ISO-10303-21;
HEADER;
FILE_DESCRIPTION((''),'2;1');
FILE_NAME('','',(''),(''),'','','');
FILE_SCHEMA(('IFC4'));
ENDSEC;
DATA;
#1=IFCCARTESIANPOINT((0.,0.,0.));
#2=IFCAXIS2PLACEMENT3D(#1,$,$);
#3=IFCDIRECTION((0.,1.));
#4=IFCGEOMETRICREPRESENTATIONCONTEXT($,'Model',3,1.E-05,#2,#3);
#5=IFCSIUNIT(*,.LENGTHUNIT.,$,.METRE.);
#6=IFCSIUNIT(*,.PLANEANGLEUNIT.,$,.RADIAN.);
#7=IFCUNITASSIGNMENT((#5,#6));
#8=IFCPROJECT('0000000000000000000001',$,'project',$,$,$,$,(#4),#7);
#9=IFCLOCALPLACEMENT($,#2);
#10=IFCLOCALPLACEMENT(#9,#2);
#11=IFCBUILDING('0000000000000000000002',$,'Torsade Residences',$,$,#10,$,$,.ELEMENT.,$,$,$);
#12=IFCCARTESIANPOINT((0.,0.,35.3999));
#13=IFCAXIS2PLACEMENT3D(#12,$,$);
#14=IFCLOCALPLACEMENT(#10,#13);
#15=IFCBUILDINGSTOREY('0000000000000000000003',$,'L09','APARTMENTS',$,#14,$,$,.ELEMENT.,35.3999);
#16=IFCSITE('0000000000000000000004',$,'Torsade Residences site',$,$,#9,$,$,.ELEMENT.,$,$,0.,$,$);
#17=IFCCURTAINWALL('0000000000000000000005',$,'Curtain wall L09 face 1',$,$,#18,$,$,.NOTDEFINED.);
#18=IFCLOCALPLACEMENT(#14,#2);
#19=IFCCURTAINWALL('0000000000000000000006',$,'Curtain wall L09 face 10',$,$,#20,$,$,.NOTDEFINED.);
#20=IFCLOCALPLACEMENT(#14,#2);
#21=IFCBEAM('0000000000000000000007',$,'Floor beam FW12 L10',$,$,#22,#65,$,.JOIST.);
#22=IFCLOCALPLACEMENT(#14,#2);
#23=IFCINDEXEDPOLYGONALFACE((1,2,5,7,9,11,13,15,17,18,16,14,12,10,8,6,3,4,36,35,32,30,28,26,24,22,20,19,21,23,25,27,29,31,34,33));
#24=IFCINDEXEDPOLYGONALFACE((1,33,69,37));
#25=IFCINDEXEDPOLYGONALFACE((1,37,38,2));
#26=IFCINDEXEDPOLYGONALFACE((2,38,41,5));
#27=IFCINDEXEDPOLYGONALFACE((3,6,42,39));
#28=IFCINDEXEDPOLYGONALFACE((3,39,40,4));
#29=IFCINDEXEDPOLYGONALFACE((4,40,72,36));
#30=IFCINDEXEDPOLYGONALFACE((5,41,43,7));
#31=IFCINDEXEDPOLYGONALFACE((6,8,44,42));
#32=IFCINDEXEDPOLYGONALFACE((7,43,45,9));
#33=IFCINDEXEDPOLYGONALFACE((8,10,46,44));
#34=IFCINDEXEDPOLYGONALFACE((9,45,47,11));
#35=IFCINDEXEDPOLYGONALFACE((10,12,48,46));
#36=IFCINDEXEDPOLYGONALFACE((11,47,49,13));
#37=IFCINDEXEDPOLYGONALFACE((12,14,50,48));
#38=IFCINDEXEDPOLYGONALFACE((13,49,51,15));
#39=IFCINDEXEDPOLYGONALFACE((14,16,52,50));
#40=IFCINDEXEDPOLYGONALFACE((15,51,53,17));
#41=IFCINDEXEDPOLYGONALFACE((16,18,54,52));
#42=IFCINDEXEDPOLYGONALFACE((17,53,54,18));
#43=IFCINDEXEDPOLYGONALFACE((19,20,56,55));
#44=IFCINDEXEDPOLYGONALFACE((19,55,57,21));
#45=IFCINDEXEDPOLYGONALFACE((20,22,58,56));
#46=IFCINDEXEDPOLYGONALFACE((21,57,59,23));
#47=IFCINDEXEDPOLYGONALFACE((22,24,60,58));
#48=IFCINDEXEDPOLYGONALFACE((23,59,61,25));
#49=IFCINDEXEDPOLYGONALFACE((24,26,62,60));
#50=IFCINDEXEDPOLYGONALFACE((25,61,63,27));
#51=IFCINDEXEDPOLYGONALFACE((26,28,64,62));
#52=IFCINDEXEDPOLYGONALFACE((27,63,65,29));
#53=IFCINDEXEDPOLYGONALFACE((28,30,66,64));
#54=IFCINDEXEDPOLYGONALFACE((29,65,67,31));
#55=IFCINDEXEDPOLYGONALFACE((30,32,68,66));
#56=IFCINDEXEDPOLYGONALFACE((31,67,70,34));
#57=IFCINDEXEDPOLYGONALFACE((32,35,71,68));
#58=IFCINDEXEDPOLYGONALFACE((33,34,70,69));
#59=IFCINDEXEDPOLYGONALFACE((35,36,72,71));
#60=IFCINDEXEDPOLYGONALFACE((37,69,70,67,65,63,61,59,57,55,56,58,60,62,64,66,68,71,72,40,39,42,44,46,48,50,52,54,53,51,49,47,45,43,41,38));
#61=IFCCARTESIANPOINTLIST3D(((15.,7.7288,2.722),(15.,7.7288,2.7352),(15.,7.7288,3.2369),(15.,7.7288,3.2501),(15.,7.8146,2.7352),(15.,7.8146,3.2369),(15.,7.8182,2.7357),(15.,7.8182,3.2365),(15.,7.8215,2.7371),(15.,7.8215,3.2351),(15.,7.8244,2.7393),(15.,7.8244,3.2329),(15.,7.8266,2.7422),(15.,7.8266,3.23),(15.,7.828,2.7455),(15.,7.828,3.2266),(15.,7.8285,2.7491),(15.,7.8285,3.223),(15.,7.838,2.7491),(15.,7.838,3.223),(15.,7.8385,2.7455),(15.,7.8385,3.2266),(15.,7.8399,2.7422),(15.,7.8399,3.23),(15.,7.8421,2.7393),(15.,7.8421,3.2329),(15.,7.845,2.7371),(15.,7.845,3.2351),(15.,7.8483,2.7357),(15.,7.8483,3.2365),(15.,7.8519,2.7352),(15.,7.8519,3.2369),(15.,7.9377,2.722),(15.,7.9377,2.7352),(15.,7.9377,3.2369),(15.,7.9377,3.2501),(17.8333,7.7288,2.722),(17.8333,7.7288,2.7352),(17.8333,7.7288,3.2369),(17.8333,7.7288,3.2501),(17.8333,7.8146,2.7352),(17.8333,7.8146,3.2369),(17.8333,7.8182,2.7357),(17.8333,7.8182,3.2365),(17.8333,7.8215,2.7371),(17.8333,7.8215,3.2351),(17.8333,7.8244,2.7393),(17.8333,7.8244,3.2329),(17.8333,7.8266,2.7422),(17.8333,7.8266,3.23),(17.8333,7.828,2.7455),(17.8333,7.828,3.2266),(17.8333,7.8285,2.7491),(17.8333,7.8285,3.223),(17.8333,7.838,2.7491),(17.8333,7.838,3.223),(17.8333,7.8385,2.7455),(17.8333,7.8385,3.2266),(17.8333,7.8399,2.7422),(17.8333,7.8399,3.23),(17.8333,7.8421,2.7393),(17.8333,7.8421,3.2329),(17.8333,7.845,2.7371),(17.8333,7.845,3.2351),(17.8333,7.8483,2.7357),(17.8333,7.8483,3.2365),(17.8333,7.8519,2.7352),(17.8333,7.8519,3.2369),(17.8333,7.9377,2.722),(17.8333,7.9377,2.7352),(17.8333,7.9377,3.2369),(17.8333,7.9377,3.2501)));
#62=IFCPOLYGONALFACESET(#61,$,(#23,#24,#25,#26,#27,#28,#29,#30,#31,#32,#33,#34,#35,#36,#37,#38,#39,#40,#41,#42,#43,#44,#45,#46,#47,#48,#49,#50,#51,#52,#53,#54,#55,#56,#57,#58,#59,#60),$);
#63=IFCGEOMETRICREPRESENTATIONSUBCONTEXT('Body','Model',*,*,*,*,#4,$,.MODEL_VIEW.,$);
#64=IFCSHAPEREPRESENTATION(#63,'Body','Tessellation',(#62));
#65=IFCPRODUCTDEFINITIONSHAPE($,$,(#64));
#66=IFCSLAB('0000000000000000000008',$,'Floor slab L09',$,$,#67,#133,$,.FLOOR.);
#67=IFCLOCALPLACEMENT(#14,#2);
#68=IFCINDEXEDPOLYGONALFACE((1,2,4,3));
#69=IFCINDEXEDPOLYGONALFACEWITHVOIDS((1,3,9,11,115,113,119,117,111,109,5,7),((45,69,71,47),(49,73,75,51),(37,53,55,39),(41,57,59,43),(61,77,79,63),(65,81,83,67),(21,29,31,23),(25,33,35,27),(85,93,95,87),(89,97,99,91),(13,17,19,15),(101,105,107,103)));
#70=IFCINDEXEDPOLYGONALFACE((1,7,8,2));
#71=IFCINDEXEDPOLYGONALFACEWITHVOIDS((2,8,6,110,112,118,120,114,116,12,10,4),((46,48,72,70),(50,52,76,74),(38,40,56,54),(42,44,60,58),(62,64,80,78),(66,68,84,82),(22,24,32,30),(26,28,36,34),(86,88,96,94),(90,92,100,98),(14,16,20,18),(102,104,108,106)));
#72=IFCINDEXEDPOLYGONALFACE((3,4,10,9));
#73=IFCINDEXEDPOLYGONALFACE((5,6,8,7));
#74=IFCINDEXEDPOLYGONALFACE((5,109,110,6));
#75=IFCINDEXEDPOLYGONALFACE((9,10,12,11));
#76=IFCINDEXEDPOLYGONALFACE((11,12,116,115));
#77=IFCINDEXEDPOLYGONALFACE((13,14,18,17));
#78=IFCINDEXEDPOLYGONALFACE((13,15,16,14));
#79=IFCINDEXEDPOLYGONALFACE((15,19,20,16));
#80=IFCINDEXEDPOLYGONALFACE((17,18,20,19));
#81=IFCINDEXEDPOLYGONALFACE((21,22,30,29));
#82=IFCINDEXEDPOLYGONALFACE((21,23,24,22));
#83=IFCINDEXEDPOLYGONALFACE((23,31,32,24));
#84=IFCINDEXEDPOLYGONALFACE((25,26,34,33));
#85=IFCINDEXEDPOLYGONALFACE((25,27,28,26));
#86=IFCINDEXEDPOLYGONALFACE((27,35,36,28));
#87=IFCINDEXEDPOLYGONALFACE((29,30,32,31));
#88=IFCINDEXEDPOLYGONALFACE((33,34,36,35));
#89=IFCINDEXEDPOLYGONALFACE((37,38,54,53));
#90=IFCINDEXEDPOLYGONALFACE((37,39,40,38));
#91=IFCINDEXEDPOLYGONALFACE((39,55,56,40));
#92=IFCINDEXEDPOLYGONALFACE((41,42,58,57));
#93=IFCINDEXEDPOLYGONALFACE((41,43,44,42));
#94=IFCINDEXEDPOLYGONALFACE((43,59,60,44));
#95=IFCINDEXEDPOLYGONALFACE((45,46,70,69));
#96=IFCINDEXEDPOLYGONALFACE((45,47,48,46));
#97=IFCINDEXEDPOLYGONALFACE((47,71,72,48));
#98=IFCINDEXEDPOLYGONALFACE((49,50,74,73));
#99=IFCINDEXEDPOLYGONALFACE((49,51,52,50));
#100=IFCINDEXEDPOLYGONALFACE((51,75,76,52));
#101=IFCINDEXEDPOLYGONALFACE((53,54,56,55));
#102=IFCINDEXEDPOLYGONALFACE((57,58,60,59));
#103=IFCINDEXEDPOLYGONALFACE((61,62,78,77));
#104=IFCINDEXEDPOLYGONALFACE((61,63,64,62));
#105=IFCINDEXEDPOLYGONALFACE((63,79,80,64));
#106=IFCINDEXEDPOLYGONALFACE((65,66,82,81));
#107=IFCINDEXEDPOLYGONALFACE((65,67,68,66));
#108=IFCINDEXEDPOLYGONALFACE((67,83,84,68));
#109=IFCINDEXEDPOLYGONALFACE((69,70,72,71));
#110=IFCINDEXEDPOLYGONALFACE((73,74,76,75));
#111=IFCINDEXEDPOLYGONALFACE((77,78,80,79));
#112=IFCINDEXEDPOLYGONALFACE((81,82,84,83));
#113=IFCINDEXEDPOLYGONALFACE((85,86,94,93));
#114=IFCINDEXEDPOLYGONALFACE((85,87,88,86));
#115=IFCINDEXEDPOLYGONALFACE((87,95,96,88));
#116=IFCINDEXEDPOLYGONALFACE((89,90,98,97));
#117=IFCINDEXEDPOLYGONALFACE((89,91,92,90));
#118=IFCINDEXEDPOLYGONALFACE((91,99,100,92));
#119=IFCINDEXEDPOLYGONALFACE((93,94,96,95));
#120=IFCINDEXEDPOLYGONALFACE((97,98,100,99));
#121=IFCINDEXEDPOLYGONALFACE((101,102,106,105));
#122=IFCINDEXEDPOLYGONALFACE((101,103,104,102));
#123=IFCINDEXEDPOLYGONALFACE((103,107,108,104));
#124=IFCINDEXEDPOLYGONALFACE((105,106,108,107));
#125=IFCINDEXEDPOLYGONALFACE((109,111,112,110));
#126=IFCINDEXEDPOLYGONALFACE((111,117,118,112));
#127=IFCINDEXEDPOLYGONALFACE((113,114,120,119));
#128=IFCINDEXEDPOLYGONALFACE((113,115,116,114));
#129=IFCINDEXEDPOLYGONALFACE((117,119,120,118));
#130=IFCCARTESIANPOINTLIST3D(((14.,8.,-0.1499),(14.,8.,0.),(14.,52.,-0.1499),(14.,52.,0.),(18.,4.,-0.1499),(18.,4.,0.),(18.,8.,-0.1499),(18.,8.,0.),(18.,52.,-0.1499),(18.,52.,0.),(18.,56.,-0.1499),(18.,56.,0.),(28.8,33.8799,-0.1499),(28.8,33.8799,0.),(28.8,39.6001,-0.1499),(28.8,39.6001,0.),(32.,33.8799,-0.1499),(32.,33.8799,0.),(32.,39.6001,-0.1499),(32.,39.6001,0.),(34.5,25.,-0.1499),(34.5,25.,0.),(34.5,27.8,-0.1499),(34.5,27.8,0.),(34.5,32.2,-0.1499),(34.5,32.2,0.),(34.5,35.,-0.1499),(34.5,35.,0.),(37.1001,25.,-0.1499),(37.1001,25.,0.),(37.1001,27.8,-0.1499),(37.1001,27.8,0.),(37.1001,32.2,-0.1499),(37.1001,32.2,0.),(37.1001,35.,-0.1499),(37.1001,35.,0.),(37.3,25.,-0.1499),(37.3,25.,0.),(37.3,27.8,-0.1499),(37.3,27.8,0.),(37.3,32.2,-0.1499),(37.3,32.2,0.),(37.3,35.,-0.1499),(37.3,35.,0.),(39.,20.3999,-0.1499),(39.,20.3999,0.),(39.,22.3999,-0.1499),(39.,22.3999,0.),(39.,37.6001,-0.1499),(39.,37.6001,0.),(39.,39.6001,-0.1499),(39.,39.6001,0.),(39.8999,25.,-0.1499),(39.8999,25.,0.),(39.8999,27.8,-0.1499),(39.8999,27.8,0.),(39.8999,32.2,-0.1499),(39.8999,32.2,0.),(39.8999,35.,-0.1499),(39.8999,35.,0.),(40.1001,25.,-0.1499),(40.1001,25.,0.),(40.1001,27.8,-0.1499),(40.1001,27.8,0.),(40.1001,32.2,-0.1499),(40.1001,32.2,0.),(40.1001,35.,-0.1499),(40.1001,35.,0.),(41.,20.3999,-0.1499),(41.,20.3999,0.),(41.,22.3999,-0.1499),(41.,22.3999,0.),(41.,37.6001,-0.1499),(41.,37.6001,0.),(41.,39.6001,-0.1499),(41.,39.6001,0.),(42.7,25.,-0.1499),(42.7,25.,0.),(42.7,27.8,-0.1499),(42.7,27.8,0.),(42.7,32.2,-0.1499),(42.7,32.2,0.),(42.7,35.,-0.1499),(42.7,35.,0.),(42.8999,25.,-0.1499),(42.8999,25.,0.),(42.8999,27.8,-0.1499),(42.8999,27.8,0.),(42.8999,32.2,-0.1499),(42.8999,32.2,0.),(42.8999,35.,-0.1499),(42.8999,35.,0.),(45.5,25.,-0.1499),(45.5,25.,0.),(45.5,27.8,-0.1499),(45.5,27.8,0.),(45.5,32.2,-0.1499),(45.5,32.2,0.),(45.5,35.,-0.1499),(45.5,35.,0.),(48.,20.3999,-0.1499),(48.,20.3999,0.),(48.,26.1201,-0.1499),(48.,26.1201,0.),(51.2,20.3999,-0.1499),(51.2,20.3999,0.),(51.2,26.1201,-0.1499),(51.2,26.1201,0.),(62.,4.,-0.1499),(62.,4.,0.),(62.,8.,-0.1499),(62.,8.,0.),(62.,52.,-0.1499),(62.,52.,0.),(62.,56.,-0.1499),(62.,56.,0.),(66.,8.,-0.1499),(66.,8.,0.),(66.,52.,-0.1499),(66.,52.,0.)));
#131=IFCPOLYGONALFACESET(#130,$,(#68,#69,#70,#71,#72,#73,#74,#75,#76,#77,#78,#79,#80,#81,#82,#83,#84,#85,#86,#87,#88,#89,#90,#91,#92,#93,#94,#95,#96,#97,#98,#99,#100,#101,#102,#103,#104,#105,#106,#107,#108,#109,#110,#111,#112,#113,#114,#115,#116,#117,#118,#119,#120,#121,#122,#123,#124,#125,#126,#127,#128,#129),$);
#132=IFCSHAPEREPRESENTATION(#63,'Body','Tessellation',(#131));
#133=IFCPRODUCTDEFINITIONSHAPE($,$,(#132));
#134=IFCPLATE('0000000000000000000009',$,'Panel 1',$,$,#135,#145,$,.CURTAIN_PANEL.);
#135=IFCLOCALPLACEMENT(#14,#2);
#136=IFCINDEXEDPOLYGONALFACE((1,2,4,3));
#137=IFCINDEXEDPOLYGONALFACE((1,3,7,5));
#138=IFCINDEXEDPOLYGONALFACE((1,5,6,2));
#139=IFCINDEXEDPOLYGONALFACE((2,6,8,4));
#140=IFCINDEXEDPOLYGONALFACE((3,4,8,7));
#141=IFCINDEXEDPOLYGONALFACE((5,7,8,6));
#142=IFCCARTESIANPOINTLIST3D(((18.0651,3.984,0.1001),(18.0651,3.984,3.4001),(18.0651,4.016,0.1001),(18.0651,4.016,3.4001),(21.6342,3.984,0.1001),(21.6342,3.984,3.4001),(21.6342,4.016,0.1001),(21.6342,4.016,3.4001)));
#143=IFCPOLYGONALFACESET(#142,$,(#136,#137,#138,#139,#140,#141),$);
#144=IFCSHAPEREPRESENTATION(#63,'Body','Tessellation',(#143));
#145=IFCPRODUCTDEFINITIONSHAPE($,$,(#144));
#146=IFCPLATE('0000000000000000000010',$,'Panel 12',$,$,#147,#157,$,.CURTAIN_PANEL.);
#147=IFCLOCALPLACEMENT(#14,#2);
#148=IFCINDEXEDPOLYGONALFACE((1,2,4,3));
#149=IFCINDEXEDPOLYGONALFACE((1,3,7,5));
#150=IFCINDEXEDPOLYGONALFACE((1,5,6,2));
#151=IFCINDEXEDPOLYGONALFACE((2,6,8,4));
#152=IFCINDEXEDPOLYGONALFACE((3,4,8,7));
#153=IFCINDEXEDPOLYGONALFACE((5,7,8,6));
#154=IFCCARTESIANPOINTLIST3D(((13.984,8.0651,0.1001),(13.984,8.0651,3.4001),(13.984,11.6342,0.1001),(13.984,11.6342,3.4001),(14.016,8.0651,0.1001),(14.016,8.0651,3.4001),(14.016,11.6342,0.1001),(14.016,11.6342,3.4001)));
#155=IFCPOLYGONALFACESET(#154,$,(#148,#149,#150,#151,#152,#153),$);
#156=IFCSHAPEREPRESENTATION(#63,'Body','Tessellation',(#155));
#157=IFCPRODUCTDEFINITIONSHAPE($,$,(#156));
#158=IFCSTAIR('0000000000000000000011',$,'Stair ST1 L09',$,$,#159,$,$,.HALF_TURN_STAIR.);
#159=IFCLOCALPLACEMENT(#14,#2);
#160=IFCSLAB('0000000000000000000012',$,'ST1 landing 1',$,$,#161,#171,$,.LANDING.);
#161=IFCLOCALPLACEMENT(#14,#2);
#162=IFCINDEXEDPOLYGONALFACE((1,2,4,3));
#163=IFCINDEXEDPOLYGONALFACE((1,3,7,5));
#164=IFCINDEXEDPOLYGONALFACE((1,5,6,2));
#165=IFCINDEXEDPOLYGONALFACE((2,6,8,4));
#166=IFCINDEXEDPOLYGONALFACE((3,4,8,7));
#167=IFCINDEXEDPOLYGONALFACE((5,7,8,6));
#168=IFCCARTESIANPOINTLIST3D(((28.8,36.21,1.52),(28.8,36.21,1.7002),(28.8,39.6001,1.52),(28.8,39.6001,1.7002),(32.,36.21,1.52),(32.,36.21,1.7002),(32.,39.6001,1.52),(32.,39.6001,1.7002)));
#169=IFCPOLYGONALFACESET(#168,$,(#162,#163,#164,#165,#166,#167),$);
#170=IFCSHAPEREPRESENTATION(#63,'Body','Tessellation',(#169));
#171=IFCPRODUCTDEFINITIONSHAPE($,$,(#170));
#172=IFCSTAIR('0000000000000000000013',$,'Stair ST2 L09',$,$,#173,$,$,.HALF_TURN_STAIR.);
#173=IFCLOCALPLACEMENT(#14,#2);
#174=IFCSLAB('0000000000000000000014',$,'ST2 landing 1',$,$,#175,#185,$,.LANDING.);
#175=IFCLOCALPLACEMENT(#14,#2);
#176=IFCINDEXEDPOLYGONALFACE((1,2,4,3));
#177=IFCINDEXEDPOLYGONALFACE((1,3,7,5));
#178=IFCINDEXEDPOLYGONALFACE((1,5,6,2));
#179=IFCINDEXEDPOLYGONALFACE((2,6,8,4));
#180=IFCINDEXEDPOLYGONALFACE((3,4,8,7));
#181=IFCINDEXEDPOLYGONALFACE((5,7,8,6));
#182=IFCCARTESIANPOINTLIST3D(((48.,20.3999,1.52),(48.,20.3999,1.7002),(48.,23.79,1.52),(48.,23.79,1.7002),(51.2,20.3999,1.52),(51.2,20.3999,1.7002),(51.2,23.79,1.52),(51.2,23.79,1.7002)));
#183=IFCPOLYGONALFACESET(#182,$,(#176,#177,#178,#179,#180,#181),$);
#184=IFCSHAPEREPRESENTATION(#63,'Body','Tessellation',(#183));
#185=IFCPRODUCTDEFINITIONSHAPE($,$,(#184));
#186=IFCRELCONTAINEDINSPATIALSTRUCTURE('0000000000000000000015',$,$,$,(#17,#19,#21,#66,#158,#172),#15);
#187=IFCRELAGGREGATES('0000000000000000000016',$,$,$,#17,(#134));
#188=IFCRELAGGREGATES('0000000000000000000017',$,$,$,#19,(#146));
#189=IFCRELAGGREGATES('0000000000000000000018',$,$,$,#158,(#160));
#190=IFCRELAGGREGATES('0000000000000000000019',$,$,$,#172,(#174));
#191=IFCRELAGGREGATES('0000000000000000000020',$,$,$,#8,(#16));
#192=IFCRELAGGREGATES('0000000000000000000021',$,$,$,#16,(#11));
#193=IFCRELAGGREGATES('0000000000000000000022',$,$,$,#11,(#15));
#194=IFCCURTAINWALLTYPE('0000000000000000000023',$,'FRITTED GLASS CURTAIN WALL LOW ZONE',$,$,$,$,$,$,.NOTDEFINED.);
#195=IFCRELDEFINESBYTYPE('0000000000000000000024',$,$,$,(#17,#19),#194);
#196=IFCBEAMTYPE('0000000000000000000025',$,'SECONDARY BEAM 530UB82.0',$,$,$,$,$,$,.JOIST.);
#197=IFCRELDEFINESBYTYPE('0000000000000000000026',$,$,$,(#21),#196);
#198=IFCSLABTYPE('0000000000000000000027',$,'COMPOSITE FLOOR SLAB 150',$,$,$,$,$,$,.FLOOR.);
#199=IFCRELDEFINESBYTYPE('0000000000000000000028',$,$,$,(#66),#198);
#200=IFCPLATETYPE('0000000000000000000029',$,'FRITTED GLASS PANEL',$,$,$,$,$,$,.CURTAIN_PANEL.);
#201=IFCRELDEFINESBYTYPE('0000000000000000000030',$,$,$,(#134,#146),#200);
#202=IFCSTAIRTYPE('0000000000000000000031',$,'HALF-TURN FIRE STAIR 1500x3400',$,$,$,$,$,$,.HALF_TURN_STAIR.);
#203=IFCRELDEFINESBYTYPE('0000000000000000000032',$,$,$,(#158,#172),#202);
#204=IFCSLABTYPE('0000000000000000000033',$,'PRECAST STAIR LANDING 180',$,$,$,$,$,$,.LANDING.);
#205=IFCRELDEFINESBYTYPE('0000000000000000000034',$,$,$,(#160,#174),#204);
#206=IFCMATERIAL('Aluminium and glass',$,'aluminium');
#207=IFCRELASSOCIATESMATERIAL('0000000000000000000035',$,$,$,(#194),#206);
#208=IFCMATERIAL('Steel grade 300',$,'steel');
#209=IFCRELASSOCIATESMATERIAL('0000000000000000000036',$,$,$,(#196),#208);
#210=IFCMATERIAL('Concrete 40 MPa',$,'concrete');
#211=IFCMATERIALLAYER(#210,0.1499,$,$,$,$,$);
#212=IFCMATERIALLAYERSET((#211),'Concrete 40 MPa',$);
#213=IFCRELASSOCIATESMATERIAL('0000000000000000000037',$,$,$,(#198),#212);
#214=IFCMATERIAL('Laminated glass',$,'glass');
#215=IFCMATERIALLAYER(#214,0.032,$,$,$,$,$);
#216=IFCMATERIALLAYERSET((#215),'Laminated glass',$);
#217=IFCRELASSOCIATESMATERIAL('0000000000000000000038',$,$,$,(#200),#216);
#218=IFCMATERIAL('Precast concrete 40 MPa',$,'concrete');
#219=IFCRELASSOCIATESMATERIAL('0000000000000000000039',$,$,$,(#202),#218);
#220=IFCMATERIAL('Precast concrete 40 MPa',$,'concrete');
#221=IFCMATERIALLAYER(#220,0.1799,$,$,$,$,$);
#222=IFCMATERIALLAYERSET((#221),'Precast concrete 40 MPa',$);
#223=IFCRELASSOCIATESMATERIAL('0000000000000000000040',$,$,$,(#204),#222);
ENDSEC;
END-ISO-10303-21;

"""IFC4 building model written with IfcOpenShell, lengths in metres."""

from ifc_helpers import new_model, si_unit, direction, frame, origin, origin_2d, place, context, subcontext, project, spatial, polyline, rectangle, i_section, outline, extrude, material, layer, layer_set, material_profile, profile_set, type_object, element, aggregate, save


model = new_model("IFC4")

# Units and contexts
model_context = context("Model", 3, precision=1e-05, world=origin(), true_north=direction((0.0, 1.0)))
body_context = subcontext(model_context, "Body", "Model", "MODEL_VIEW")
ifc_project = project(units=[si_unit("LENGTHUNIT", "METRE"), si_unit("PLANEANGLEUNIT", "RADIAN")], contexts=[model_context])

# Site, building, storey
site_placement = place(None, origin())
site = spatial("IfcSite", under=ifc_project, at=site_placement, Name="Torsade Residences site", CompositionType="ELEMENT", RefElevation=0.0)
building_placement = place(site_placement, origin())
building = spatial("IfcBuilding", under=site, at=building_placement, Name="Torsade Residences", CompositionType="ELEMENT")
storey_placement = place(building_placement, frame((0.0, 0.0, 35.3999)))
storey = spatial("IfcBuildingStorey", under=building, at=storey_placement, Name="L09", Description="APARTMENTS", CompositionType="ELEMENT", Elevation=35.3999)

# Curtain walls
ifc_material_1 = material(Name="Aluminium and glass", Category="aluminium")
curtain_wall_type = type_object("IfcCurtainWallType", Name="FRITTED GLASS CURTAIN WALL LOW ZONE", PredefinedType="NOTDEFINED", material=ifc_material_1)
curtain_wall_1_placement = place(storey_placement, origin())
curtain_wall_1 = element("IfcCurtainWall", 1, at=curtain_wall_1_placement, inside=storey, type_object=curtain_wall_type, Name="Curtain wall L09 face 1", PredefinedType="NOTDEFINED")
curtain_wall_2_placement = place(storey_placement, origin())
curtain_wall_2 = element("IfcCurtainWall", 2, at=curtain_wall_2_placement, inside=storey, type_object=curtain_wall_type, Name="Curtain wall L09 face 10", PredefinedType="NOTDEFINED")

# Beam
ifc_material_2 = material(Name="Steel grade 300", Category="steel")
ifc_material_profile_1 = material_profile(ifc_material_2, i_section(OverallWidth=0.209, OverallDepth=0.5281, WebThickness=0.0095, FlangeThickness=0.0132, FilletRadius=0.0139, at=origin_2d()), Name="530UB82.0")
ifc_profile_set_1 = profile_set([ifc_material_profile_1], Name="Steel grade 300")
beam_type_1 = type_object("IfcBeamType", Name="SECONDARY BEAM 530UB82.0", PredefinedType="JOIST", material=ifc_profile_set_1)
beam_1_placement = place(storey_placement, frame((15.0, 7.8333, 2.9861), z_axis=(1.0, 0.0, 0.0), x_axis=(0.0, 1.0, 0.0)))
element("IfcBeam", 3, at=beam_1_placement, inside=storey, type_object=beam_type_1, Name="Floor beam FW12 L10", PredefinedType="JOIST", context=body_context, shape_type="SweptSolid", body=[
    extrude(i_section(OverallWidth=0.209, OverallDepth=0.5281, WebThickness=0.0095, FlangeThickness=0.0132, FilletRadius=0.0139, at=origin_2d()), origin(), (0.0, 0.0, 1.0), 2.8333),
])

# Slab
ifc_material_3 = material(Name="Concrete 40 MPa", Category="concrete")
ifc_layer_1 = layer(ifc_material_3, 0.1499)
ifc_layer_set_1 = layer_set([ifc_layer_1], Name="Concrete 40 MPa")
slab_type_1 = type_object("IfcSlabType", Name="COMPOSITE FLOOR SLAB 150", PredefinedType="FLOOR", material=ifc_layer_set_1)
slab_1_placement = place(storey_placement, frame((0.0, 0.0, -0.1499)))
element("IfcSlab", 4, at=slab_1_placement, inside=storey, type_object=slab_type_1, Name="Floor slab L09", PredefinedType="FLOOR", context=body_context, shape_type="SweptSolid", body=[
    extrude(outline(polyline([(18.0, 4.0), (62.0, 4.0), (62.0, 8.0), (66.0, 8.0), (66.0, 52.0), (62.0, 52.0), (62.0, 56.0), (18.0, 56.0), (18.0, 52.0), (14.0, 52.0), (14.0, 8.0), (18.0, 8.0), (18.0, 4.0)]), holes=[polyline([(51.2, 20.3999), (51.2, 26.1201), (48.0, 26.1201), (48.0, 20.3999), (51.2, 20.3999)]), polyline([(45.5, 27.8), (42.8999, 27.8), (42.8999, 25.0), (45.5, 25.0), (45.5, 27.8)]), polyline([(45.5, 32.2), (45.5, 35.0), (42.8999, 35.0), (42.8999, 32.2), (45.5, 32.2)]), polyline([(42.7, 25.0), (42.7, 27.8), (40.1001, 27.8), (40.1001, 25.0), (42.7, 25.0)]), polyline([(42.7, 32.2), (42.7, 35.0), (40.1001, 35.0), (40.1001, 32.2), (42.7, 32.2)]), polyline([(41.0, 22.3999), (39.0, 22.3999), (39.0, 20.3999), (41.0, 20.3999), (41.0, 22.3999)]), polyline([(41.0, 37.6001), (41.0, 39.6001), (39.0, 39.6001), (39.0, 37.6001), (41.0, 37.6001)]), polyline([(39.8999, 25.0), (39.8999, 27.8), (37.3, 27.8), (37.3, 25.0), (39.8999, 25.0)]), polyline([(39.8999, 35.0), (37.3, 35.0), (37.3, 32.2), (39.8999, 32.2), (39.8999, 35.0)]), polyline([(37.1001, 27.8), (34.5, 27.8), (34.5, 25.0), (37.1001, 25.0), (37.1001, 27.8)]), polyline([(37.1001, 32.2), (37.1001, 35.0), (34.5, 35.0), (34.5, 32.2), (37.1001, 32.2)]), polyline([(32.0, 33.8799), (32.0, 39.6001), (28.8, 39.6001), (28.8, 33.8799), (32.0, 33.8799)])]), origin(), (0.0, 0.0, 1.0), 0.1499),
])

# Plates
ifc_material_4 = material(Name="Laminated glass", Category="glass")
ifc_layer_2 = layer(ifc_material_4, 0.032)
ifc_layer_set_2 = layer_set([ifc_layer_2], Name="Laminated glass")
plate_type = type_object("IfcPlateType", Name="FRITTED GLASS PANEL", PredefinedType="CURTAIN_PANEL", material=ifc_layer_set_2)
plate_1_placement = place(storey_placement, frame((19.8496, 4.0, 0.1001), z_axis=(0.0, 0.0, 1.0), x_axis=(1.0, 0.0, 0.0)))
plate_1 = element("IfcPlate", 5, at=plate_1_placement, type_object=plate_type, Name="Panel 1", PredefinedType="CURTAIN_PANEL", context=body_context, shape_type="SweptSolid", body=[
    extrude(rectangle(XDim=3.5691, YDim=0.032, at=origin_2d()), origin(), (0.0, 0.0, 1.0), 3.3),
])
aggregate(curtain_wall_1, [plate_1])
plate_2_placement = place(storey_placement, frame((14.0, 9.8496, 0.1001), z_axis=(0.0, 0.0, 1.0), x_axis=(0.0, -1.0, 0.0)))
plate_2 = element("IfcPlate", 6, at=plate_2_placement, type_object=plate_type, Name="Panel 12", PredefinedType="CURTAIN_PANEL", context=body_context, shape_type="SweptSolid", body=[
    extrude(rectangle(XDim=3.5691, YDim=0.032, at=origin_2d()), origin(), (0.0, 0.0, 1.0), 3.3),
])
aggregate(curtain_wall_2, [plate_2])

# Stairs, slabs
ifc_material_5 = material(Name="Precast concrete 40 MPa", Category="concrete")
stair_type = type_object("IfcStairType", Name="HALF-TURN FIRE STAIR 1500x3400", PredefinedType="HALF_TURN_STAIR", material=ifc_material_5)
stair_1_placement = place(storey_placement, origin())
stair_1 = element("IfcStair", 7, at=stair_1_placement, inside=storey, type_object=stair_type, Name="Stair ST1 L09", PredefinedType="HALF_TURN_STAIR")
ifc_material_6 = material(Name="Precast concrete 40 MPa", Category="concrete")
ifc_layer_3 = layer(ifc_material_6, 0.1799)
ifc_layer_set_3 = layer_set([ifc_layer_3], Name="Precast concrete 40 MPa")
slab_type_2 = type_object("IfcSlabType", Name="PRECAST STAIR LANDING 180", PredefinedType="LANDING", material=ifc_layer_set_3)
slab_2_placement = place(storey_placement, frame((0.0, 0.0, 1.52)))
slab_2 = element("IfcSlab", 8, at=slab_2_placement, type_object=slab_type_2, Name="ST1 landing 1", PredefinedType="LANDING", context=body_context, shape_type="SweptSolid", body=[
    extrude(outline(polyline([(28.8, 36.21), (32.0, 36.21), (32.0, 39.6001), (28.8, 39.6001), (28.8, 36.21)])), origin(), (0.0, 0.0, 1.0), 0.1802),
])
aggregate(stair_1, [slab_2])
stair_2_placement = place(storey_placement, origin())
stair_2 = element("IfcStair", 9, at=stair_2_placement, inside=storey, type_object=stair_type, Name="Stair ST2 L09", PredefinedType="HALF_TURN_STAIR")
slab_3_placement = place(storey_placement, frame((0.0, 0.0, 1.52)))
slab_3 = element("IfcSlab", 10, at=slab_3_placement, type_object=slab_type_2, Name="ST2 landing 1", PredefinedType="LANDING", context=body_context, shape_type="SweptSolid", body=[
    extrude(outline(polyline([(48.0, 20.3999), (51.2, 20.3999), (51.2, 23.79), (48.0, 23.79), (48.0, 20.3999)])), origin(), (0.0, 0.0, 1.0), 0.1802),
])
aggregate(stair_2, [slab_3])

save(model, "model.ifc")
